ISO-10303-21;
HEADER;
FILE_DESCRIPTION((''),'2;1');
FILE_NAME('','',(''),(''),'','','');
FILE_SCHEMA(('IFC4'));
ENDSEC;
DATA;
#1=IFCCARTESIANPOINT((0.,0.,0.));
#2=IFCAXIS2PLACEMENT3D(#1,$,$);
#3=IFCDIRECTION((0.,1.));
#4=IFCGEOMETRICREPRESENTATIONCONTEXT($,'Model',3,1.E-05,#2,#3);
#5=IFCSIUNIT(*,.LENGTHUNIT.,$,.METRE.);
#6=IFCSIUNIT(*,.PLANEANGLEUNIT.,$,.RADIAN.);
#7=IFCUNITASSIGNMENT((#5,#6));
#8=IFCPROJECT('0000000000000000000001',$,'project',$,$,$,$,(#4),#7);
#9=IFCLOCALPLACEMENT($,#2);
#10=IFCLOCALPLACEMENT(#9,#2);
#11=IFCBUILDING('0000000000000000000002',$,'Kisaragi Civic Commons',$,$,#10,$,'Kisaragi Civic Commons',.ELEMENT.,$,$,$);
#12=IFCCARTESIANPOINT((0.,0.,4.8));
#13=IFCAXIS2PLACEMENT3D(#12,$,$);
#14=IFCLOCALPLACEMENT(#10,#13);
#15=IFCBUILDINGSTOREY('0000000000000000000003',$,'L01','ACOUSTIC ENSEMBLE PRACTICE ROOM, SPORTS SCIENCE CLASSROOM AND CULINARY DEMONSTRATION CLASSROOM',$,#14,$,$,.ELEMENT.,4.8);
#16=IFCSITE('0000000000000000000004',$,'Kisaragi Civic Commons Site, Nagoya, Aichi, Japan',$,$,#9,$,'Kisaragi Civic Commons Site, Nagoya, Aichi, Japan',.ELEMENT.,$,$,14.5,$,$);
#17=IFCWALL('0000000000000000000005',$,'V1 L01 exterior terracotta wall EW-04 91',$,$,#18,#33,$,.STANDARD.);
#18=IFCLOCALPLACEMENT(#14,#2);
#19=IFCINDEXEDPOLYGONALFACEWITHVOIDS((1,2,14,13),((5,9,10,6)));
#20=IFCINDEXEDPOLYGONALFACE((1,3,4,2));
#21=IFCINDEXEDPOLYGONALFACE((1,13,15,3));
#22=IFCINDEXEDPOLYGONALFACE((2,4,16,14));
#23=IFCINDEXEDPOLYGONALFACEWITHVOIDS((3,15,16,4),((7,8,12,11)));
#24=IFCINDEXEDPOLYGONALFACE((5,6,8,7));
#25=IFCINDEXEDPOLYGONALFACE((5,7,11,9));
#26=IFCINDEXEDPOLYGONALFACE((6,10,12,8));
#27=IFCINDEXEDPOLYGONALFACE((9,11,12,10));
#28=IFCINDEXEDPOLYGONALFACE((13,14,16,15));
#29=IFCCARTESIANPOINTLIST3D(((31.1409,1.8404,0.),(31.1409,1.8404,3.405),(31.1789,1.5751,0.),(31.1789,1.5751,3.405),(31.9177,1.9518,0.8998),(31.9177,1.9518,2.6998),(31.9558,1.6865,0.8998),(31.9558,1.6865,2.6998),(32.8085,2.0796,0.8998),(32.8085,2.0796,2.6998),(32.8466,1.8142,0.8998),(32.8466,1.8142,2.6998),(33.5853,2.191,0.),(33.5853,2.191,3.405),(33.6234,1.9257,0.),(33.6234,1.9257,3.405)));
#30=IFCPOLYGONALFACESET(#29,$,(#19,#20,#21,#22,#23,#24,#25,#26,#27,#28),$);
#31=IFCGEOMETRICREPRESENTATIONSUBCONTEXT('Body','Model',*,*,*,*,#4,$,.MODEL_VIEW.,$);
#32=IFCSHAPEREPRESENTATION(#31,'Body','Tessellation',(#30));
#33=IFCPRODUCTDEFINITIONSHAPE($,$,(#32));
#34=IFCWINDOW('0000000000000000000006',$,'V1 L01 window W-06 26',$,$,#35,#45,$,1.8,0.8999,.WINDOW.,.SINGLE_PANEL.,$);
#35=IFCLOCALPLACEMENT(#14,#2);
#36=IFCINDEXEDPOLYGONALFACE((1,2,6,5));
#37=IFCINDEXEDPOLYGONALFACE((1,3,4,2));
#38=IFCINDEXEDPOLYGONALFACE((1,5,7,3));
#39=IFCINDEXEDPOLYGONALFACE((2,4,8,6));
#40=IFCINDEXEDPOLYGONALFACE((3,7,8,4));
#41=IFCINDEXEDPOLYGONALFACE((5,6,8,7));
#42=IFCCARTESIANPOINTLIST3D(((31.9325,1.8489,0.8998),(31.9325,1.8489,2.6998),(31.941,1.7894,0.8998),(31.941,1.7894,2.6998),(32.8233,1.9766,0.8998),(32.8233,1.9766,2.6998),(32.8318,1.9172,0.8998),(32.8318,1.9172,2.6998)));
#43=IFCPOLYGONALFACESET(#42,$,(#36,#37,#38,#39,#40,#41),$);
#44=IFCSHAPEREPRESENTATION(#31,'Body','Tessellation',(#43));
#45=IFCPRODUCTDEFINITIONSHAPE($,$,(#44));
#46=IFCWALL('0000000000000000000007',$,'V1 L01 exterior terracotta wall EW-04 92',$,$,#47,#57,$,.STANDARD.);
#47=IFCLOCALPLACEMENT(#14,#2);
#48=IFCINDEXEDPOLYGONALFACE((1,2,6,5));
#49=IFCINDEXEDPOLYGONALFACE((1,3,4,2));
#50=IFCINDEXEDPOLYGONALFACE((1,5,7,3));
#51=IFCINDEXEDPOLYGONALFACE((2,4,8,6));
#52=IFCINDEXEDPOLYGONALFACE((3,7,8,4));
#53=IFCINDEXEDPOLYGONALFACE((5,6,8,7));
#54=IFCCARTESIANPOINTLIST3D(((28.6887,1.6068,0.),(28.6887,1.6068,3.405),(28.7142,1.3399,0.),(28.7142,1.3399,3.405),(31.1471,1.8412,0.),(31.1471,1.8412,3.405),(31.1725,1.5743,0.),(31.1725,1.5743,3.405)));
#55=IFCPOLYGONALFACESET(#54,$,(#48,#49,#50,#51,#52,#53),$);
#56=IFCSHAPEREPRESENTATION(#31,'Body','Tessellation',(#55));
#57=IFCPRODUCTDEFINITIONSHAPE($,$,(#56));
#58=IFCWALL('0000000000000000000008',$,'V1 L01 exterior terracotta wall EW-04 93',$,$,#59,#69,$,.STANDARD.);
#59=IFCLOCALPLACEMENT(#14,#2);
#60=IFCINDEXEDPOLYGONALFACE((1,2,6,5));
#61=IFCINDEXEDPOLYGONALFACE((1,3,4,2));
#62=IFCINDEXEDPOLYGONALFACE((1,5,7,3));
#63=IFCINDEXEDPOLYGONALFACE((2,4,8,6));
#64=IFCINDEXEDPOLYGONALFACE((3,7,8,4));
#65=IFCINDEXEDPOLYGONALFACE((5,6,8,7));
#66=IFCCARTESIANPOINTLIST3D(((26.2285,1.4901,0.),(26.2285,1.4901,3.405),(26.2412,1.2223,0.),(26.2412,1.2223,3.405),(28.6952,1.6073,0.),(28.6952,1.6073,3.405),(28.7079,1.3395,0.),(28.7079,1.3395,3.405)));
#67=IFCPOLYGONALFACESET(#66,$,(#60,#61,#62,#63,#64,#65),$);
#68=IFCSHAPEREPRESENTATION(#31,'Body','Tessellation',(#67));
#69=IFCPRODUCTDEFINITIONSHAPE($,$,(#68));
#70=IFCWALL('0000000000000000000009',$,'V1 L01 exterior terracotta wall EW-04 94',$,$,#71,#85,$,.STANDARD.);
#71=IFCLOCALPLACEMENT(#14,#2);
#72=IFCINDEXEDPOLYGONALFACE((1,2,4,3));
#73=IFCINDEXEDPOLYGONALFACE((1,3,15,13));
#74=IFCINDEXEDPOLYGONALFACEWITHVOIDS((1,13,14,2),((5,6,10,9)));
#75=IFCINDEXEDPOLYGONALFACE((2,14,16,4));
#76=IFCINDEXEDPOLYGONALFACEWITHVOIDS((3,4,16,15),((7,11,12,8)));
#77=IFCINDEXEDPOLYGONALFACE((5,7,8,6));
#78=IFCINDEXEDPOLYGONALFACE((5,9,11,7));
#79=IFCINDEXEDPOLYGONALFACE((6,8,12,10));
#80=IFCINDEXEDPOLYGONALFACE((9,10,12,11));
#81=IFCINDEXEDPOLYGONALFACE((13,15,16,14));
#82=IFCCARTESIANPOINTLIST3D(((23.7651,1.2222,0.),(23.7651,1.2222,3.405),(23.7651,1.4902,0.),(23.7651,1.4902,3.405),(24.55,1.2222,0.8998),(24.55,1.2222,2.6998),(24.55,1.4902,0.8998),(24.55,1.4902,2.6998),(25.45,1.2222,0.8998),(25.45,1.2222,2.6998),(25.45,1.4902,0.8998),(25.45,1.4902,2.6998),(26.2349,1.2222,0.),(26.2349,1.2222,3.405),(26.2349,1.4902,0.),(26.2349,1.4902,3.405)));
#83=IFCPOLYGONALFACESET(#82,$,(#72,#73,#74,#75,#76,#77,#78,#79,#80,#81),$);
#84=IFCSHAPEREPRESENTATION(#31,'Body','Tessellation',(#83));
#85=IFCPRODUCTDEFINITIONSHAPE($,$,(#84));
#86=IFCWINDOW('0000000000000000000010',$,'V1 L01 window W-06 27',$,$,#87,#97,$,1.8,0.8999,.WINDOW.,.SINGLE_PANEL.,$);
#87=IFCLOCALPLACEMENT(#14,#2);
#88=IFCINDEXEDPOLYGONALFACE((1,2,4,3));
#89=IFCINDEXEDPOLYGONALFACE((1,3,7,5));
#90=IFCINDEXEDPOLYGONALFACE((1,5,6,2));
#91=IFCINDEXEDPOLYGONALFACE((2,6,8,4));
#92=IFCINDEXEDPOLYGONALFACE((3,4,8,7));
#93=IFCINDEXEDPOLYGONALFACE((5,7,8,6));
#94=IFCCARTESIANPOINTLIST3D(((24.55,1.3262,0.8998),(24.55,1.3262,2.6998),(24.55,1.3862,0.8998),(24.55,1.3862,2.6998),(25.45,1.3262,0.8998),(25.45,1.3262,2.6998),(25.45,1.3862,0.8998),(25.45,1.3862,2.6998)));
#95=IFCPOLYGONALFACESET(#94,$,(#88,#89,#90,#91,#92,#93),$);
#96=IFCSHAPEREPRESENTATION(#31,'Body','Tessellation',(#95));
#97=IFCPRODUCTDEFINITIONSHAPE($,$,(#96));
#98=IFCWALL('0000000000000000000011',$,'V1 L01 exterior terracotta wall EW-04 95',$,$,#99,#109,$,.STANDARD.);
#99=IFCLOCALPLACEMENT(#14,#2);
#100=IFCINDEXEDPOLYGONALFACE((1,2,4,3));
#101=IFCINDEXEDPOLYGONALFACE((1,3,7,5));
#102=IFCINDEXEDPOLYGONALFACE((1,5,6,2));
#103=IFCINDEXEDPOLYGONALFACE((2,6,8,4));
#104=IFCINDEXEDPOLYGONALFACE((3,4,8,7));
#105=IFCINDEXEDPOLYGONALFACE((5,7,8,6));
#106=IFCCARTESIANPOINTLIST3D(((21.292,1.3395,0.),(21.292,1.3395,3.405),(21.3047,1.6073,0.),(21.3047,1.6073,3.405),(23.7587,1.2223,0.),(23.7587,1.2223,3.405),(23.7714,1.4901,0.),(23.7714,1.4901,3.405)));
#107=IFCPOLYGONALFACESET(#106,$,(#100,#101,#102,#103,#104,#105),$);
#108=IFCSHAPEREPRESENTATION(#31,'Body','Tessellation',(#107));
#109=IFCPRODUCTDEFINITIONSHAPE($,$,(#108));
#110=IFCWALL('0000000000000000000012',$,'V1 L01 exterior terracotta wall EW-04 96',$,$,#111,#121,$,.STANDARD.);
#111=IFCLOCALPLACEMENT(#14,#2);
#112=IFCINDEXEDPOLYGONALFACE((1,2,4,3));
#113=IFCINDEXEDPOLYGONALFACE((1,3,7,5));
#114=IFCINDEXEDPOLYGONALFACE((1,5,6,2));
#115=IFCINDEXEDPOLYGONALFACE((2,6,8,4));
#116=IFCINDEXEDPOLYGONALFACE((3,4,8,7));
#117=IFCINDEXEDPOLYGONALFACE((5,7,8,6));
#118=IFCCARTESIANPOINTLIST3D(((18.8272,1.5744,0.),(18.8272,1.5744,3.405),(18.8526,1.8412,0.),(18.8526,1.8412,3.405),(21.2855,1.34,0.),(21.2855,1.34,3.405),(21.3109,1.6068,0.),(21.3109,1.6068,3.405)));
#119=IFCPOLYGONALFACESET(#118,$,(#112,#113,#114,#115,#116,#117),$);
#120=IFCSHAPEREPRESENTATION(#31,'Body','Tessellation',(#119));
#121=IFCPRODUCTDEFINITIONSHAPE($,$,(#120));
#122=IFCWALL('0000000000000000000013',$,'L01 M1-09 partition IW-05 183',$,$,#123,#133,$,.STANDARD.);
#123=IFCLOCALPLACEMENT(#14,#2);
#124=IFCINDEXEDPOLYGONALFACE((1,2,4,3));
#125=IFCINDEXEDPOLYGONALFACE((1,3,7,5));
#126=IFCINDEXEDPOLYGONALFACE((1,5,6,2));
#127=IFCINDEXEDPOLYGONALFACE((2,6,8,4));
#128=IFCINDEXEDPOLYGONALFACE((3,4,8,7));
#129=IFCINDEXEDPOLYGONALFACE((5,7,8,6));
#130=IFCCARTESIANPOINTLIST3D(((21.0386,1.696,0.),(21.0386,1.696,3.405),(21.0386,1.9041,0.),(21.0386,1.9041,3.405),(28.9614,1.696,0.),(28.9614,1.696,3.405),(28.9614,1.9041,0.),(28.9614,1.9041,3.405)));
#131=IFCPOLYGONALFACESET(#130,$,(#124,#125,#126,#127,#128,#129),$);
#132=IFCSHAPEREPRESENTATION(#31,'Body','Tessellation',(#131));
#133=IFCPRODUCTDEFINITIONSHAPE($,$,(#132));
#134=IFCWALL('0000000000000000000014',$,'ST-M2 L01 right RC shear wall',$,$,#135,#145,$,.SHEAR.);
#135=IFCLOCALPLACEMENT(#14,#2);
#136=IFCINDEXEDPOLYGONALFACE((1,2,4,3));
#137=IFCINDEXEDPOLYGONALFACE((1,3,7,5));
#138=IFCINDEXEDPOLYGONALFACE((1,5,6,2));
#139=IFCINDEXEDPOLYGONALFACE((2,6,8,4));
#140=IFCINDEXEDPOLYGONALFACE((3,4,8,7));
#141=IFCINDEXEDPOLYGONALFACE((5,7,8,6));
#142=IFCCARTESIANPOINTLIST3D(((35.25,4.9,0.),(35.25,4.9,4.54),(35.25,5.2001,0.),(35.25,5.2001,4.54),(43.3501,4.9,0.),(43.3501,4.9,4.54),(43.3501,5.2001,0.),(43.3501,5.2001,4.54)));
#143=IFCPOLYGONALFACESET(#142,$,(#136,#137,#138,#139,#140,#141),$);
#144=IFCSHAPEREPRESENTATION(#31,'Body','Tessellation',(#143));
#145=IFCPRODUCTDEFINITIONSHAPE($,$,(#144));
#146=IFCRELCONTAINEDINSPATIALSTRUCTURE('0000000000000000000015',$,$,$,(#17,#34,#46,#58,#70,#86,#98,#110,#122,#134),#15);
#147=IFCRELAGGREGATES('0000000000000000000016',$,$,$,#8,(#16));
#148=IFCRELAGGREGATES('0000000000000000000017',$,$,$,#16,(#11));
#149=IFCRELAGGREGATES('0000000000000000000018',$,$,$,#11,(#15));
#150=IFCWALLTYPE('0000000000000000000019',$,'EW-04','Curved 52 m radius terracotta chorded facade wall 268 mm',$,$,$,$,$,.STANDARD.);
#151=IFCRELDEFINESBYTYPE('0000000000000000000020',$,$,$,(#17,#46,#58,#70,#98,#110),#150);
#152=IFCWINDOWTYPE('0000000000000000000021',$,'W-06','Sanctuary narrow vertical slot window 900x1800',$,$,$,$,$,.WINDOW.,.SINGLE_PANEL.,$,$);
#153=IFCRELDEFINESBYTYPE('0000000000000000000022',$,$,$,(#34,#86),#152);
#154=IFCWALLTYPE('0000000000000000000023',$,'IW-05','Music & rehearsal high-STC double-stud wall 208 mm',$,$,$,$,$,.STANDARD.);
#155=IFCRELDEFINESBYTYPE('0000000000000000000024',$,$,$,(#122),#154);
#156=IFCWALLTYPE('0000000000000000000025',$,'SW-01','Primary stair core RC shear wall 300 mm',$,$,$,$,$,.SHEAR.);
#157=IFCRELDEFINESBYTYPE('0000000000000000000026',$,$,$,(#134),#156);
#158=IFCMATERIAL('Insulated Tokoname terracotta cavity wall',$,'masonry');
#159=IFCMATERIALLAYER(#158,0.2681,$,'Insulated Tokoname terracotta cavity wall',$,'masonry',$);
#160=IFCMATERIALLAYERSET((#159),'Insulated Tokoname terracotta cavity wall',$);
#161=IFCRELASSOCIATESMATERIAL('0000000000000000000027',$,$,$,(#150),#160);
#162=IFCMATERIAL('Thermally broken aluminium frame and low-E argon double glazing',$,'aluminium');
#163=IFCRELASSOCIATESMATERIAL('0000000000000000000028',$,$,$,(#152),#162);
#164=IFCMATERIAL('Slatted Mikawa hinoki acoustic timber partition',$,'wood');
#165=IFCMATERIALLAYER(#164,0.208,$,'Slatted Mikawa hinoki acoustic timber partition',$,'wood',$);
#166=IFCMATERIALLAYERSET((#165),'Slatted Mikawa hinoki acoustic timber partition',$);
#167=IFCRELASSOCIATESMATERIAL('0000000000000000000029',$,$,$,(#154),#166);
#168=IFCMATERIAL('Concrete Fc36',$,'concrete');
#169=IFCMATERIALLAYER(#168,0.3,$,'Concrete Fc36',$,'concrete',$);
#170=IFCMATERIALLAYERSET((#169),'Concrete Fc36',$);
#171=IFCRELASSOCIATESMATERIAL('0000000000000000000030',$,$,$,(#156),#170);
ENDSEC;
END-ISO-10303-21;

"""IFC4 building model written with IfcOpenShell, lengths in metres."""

from ifc_helpers import new_model, si_unit, direction, frame, frame_2d, origin, place, context, subcontext, project, spatial, rectangle, extrude, material, layer, layer_set, type_object, element, fill, save


model = new_model("IFC4")

# Units and contexts
model_context = context("Model", 3, precision=1e-05, world=origin(), true_north=direction((0.0, 1.0)))
body_context = subcontext(model_context, "Body", "Model", "MODEL_VIEW")
ifc_project = project(units=[si_unit("LENGTHUNIT", "METRE"), si_unit("PLANEANGLEUNIT", "RADIAN")], contexts=[model_context])

# Site, building, storey
site_placement = place(None, origin())
site = spatial("IfcSite", under=ifc_project, at=site_placement, Name="Kisaragi Civic Commons Site, Nagoya, Aichi, Japan", LongName="Kisaragi Civic Commons Site, Nagoya, Aichi, Japan", CompositionType="ELEMENT", RefElevation=14.5)
building_placement = place(site_placement, origin())
building = spatial("IfcBuilding", under=site, at=building_placement, Name="Kisaragi Civic Commons", LongName="Kisaragi Civic Commons", CompositionType="ELEMENT")
storey_placement = place(building_placement, frame((0.0, 0.0, 4.8)))
storey = spatial("IfcBuildingStorey", under=building, at=storey_placement, Name="L01", Description="ACOUSTIC ENSEMBLE PRACTICE ROOM, SPORTS SCIENCE CLASSROOM AND CULINARY DEMONSTRATION CLASSROOM", CompositionType="ELEMENT", Elevation=4.8)

# Shared definitions
ifc_material_1 = material(Name="Concrete Fc36", Category="concrete")

# Shared definitions
ifc_material_2 = material(Name="Insulated Tokoname terracotta cavity wall", Category="masonry")
ifc_layer_1 = layer(ifc_material_2, 0.2681, Name="Insulated Tokoname terracotta cavity wall", Category="masonry")
ifc_layer_set_1 = layer_set([ifc_layer_1], Name="Insulated Tokoname terracotta cavity wall")
wall_type_1 = type_object("IfcWallType", Name="EW-04", Description="Curved 52 m radius terracotta chorded facade wall 268 mm", PredefinedType="STANDARD", material=ifc_layer_set_1)
ifc_material_3 = material(Name="Thermally broken aluminium frame and low-E argon double glazing", Category="aluminium")
window_type = type_object("IfcWindowType", Name="W-06", Description="Sanctuary narrow vertical slot window 900x1800", PartitioningType="SINGLE_PANEL", PredefinedType="WINDOW", material=ifc_material_3)

# Wall, opening, window
wall_1_placement = place(storey_placement, frame((33.6045, 2.0583, 0.0), z_axis=(0.0, 0.0, 1.0), x_axis=(-0.989872, -0.141961, 0.0)))
wall_1 = element("IfcWall", 1, at=wall_1_placement, inside=storey, type_object=wall_type_1, Name="V1 L01 exterior terracotta wall EW-04 91", PredefinedType="STANDARD", context=body_context, shape_type="SweptSolid", body=[
    extrude(rectangle(XDim=2.4695, YDim=0.2681, at=frame_2d((1.2349, 0.0))), origin(), (0.0, 0.0, 1.0), 3.405),
])
opening_1_placement = place(wall_1_placement, frame((0.7849, 0.0, 0.8999)))
opening_1 = element("IfcOpeningElement", 2, at=opening_1_placement, cuts=wall_1, PredefinedType="OPENING", context=body_context, shape_type="SweptSolid", body=[
    extrude(rectangle(XDim=0.8999, YDim=1.8, at=frame_2d((0.45, 0.8999))), frame((0.0, 0.144, 0.0), z_axis=(0.0, -1.0, 0.0), x_axis=(1.0, 0.0, 0.0)), (0.0, 0.0, 1.0), 0.2881),
])
window_1_placement = place(opening_1_placement, origin())
window_1 = element("IfcWindow", 3, at=window_1_placement, inside=storey, type_object=window_type, Name="V1 L01 window W-06 26", OverallHeight=1.8, OverallWidth=0.8999, PartitioningType="SINGLE_PANEL", PredefinedType="WINDOW", context=body_context, shape_type="SweptSolid", body=[
    extrude(rectangle(XDim=0.8999, YDim=1.8, at=frame_2d((0.45, 0.8999))), frame((0.0, 0.03, 0.0), z_axis=(0.0, -1.0, 0.0), x_axis=(1.0, 0.0, 0.0)), (0.0, 0.0, 1.0), 0.0601),
])
fill(opening_1, window_1)

# Walls
for number, where, z_axis, x_axis, name in (
    (4, (31.1599, 1.7078, 0.0), (0.0, 0.0, 1.0), (-0.995486, -0.094912, 0.0), "V1 L01 exterior terracotta wall EW-04 92"),
    (5, (28.7017, 1.4734, 0.0), (0.0, 0.0, 1.0), (-0.998873, -0.047452, 0.0), "V1 L01 exterior terracotta wall EW-04 93"),
):
    element("IfcWall", number, at=place(storey_placement, frame(where, z_axis=z_axis, x_axis=x_axis)), inside=storey, type_object=wall_type_1, Name=name, PredefinedType="STANDARD", context=body_context, shape_type="SweptSolid", body=[
        extrude(rectangle(XDim=2.4695, YDim=0.2681, at=frame_2d((1.2349, 0.0))), origin(), (0.0, 0.0, 1.0), 3.405),
    ])

# Wall, opening, window
wall_2_placement = place(storey_placement, frame((26.2349, 1.3562, 0.0), z_axis=(0.0, 0.0, 1.0), x_axis=(-1.0, 0.0, 0.0)))
wall_2 = element("IfcWall", 6, at=wall_2_placement, inside=storey, type_object=wall_type_1, Name="V1 L01 exterior terracotta wall EW-04 94", PredefinedType="STANDARD", context=body_context, shape_type="SweptSolid", body=[
    extrude(rectangle(XDim=2.4697, YDim=0.2681, at=frame_2d((1.2349, 0.0))), origin(), (0.0, 0.0, 1.0), 3.405),
])
opening_2_placement = place(wall_2_placement, frame((0.7849, 0.0, 0.8999)))
opening_2 = element("IfcOpeningElement", 7, at=opening_2_placement, cuts=wall_2, PredefinedType="OPENING", context=body_context, shape_type="SweptSolid", body=[
    extrude(rectangle(XDim=0.8999, YDim=1.8, at=frame_2d((0.45, 0.8999))), frame((0.0, 0.144, 0.0), z_axis=(0.0, -1.0, 0.0), x_axis=(1.0, 0.0, 0.0)), (0.0, 0.0, 1.0), 0.2881),
])
window_2_placement = place(opening_2_placement, origin())
window_2 = element("IfcWindow", 8, at=window_2_placement, inside=storey, type_object=window_type, Name="V1 L01 window W-06 27", OverallHeight=1.8, OverallWidth=0.8999, PartitioningType="SINGLE_PANEL", PredefinedType="WINDOW", context=body_context, shape_type="SweptSolid", body=[
    extrude(rectangle(XDim=0.8999, YDim=1.8, at=frame_2d((0.45, 0.8999))), frame((0.0, 0.03, 0.0), z_axis=(0.0, -1.0, 0.0), x_axis=(1.0, 0.0, 0.0)), (0.0, 0.0, 1.0), 0.0601),
])
fill(opening_2, window_2)

# Walls
for number, where, z_axis, x_axis, name in (
    (9, (23.7651, 1.3562, 0.0), (0.0, 0.0, 1.0), (-0.998873, 0.047452, 0.0), "V1 L01 exterior terracotta wall EW-04 95"),
    (10, (21.2983, 1.4734, 0.0), (0.0, 0.0, 1.0), (-0.995486, 0.094912, 0.0), "V1 L01 exterior terracotta wall EW-04 96"),
):
    element("IfcWall", number, at=place(storey_placement, frame(where, z_axis=z_axis, x_axis=x_axis)), inside=storey, type_object=wall_type_1, Name=name, PredefinedType="STANDARD", context=body_context, shape_type="SweptSolid", body=[
        extrude(rectangle(XDim=2.4695, YDim=0.2681, at=frame_2d((1.2349, 0.0))), origin(), (0.0, 0.0, 1.0), 3.405),
    ])
ifc_material_4 = material(Name="Slatted Mikawa hinoki acoustic timber partition", Category="wood")
ifc_layer_2 = layer(ifc_material_4, 0.208, Name="Slatted Mikawa hinoki acoustic timber partition", Category="wood")
ifc_layer_set_2 = layer_set([ifc_layer_2], Name="Slatted Mikawa hinoki acoustic timber partition")
wall_type_2 = type_object("IfcWallType", Name="IW-05", Description="Music & rehearsal high-STC double-stud wall 208 mm", PredefinedType="STANDARD", material=ifc_layer_set_2)
wall_3_placement = place(storey_placement, frame((28.9614, 1.8, 0.0), z_axis=(0.0, 0.0, 1.0), x_axis=(-1.0, 0.0, 0.0)))
element("IfcWall", 11, at=wall_3_placement, inside=storey, type_object=wall_type_2, Name="L01 M1-09 partition IW-05 183", PredefinedType="STANDARD", context=body_context, shape_type="SweptSolid", body=[
    extrude(rectangle(XDim=7.9229, YDim=0.208, at=frame_2d((3.9614, 0.0))), origin(), (0.0, 0.0, 1.0), 3.405),
])
ifc_layer_3 = layer(ifc_material_1, 0.3, Name="Concrete Fc36", Category="concrete")
ifc_layer_set_3 = layer_set([ifc_layer_3], Name="Concrete Fc36")
wall_type_3 = type_object("IfcWallType", Name="SW-01", Description="Primary stair core RC shear wall 300 mm", PredefinedType="SHEAR", material=ifc_layer_set_3)
wall_4_placement = place(storey_placement, frame((35.25, 5.05, 0.0), z_axis=(0.0, 0.0, 1.0), x_axis=(1.0, 0.0, 0.0)))
element("IfcWall", 12, at=wall_4_placement, inside=storey, type_object=wall_type_3, Name="ST-M2 L01 right RC shear wall", PredefinedType="SHEAR", context=body_context, shape_type="SweptSolid", body=[
    extrude(rectangle(XDim=8.1001, YDim=0.3, at=frame_2d((4.05, 0.0))), origin(), (0.0, 0.0, 1.0), 4.54),
])

save(model, "model.ifc")
